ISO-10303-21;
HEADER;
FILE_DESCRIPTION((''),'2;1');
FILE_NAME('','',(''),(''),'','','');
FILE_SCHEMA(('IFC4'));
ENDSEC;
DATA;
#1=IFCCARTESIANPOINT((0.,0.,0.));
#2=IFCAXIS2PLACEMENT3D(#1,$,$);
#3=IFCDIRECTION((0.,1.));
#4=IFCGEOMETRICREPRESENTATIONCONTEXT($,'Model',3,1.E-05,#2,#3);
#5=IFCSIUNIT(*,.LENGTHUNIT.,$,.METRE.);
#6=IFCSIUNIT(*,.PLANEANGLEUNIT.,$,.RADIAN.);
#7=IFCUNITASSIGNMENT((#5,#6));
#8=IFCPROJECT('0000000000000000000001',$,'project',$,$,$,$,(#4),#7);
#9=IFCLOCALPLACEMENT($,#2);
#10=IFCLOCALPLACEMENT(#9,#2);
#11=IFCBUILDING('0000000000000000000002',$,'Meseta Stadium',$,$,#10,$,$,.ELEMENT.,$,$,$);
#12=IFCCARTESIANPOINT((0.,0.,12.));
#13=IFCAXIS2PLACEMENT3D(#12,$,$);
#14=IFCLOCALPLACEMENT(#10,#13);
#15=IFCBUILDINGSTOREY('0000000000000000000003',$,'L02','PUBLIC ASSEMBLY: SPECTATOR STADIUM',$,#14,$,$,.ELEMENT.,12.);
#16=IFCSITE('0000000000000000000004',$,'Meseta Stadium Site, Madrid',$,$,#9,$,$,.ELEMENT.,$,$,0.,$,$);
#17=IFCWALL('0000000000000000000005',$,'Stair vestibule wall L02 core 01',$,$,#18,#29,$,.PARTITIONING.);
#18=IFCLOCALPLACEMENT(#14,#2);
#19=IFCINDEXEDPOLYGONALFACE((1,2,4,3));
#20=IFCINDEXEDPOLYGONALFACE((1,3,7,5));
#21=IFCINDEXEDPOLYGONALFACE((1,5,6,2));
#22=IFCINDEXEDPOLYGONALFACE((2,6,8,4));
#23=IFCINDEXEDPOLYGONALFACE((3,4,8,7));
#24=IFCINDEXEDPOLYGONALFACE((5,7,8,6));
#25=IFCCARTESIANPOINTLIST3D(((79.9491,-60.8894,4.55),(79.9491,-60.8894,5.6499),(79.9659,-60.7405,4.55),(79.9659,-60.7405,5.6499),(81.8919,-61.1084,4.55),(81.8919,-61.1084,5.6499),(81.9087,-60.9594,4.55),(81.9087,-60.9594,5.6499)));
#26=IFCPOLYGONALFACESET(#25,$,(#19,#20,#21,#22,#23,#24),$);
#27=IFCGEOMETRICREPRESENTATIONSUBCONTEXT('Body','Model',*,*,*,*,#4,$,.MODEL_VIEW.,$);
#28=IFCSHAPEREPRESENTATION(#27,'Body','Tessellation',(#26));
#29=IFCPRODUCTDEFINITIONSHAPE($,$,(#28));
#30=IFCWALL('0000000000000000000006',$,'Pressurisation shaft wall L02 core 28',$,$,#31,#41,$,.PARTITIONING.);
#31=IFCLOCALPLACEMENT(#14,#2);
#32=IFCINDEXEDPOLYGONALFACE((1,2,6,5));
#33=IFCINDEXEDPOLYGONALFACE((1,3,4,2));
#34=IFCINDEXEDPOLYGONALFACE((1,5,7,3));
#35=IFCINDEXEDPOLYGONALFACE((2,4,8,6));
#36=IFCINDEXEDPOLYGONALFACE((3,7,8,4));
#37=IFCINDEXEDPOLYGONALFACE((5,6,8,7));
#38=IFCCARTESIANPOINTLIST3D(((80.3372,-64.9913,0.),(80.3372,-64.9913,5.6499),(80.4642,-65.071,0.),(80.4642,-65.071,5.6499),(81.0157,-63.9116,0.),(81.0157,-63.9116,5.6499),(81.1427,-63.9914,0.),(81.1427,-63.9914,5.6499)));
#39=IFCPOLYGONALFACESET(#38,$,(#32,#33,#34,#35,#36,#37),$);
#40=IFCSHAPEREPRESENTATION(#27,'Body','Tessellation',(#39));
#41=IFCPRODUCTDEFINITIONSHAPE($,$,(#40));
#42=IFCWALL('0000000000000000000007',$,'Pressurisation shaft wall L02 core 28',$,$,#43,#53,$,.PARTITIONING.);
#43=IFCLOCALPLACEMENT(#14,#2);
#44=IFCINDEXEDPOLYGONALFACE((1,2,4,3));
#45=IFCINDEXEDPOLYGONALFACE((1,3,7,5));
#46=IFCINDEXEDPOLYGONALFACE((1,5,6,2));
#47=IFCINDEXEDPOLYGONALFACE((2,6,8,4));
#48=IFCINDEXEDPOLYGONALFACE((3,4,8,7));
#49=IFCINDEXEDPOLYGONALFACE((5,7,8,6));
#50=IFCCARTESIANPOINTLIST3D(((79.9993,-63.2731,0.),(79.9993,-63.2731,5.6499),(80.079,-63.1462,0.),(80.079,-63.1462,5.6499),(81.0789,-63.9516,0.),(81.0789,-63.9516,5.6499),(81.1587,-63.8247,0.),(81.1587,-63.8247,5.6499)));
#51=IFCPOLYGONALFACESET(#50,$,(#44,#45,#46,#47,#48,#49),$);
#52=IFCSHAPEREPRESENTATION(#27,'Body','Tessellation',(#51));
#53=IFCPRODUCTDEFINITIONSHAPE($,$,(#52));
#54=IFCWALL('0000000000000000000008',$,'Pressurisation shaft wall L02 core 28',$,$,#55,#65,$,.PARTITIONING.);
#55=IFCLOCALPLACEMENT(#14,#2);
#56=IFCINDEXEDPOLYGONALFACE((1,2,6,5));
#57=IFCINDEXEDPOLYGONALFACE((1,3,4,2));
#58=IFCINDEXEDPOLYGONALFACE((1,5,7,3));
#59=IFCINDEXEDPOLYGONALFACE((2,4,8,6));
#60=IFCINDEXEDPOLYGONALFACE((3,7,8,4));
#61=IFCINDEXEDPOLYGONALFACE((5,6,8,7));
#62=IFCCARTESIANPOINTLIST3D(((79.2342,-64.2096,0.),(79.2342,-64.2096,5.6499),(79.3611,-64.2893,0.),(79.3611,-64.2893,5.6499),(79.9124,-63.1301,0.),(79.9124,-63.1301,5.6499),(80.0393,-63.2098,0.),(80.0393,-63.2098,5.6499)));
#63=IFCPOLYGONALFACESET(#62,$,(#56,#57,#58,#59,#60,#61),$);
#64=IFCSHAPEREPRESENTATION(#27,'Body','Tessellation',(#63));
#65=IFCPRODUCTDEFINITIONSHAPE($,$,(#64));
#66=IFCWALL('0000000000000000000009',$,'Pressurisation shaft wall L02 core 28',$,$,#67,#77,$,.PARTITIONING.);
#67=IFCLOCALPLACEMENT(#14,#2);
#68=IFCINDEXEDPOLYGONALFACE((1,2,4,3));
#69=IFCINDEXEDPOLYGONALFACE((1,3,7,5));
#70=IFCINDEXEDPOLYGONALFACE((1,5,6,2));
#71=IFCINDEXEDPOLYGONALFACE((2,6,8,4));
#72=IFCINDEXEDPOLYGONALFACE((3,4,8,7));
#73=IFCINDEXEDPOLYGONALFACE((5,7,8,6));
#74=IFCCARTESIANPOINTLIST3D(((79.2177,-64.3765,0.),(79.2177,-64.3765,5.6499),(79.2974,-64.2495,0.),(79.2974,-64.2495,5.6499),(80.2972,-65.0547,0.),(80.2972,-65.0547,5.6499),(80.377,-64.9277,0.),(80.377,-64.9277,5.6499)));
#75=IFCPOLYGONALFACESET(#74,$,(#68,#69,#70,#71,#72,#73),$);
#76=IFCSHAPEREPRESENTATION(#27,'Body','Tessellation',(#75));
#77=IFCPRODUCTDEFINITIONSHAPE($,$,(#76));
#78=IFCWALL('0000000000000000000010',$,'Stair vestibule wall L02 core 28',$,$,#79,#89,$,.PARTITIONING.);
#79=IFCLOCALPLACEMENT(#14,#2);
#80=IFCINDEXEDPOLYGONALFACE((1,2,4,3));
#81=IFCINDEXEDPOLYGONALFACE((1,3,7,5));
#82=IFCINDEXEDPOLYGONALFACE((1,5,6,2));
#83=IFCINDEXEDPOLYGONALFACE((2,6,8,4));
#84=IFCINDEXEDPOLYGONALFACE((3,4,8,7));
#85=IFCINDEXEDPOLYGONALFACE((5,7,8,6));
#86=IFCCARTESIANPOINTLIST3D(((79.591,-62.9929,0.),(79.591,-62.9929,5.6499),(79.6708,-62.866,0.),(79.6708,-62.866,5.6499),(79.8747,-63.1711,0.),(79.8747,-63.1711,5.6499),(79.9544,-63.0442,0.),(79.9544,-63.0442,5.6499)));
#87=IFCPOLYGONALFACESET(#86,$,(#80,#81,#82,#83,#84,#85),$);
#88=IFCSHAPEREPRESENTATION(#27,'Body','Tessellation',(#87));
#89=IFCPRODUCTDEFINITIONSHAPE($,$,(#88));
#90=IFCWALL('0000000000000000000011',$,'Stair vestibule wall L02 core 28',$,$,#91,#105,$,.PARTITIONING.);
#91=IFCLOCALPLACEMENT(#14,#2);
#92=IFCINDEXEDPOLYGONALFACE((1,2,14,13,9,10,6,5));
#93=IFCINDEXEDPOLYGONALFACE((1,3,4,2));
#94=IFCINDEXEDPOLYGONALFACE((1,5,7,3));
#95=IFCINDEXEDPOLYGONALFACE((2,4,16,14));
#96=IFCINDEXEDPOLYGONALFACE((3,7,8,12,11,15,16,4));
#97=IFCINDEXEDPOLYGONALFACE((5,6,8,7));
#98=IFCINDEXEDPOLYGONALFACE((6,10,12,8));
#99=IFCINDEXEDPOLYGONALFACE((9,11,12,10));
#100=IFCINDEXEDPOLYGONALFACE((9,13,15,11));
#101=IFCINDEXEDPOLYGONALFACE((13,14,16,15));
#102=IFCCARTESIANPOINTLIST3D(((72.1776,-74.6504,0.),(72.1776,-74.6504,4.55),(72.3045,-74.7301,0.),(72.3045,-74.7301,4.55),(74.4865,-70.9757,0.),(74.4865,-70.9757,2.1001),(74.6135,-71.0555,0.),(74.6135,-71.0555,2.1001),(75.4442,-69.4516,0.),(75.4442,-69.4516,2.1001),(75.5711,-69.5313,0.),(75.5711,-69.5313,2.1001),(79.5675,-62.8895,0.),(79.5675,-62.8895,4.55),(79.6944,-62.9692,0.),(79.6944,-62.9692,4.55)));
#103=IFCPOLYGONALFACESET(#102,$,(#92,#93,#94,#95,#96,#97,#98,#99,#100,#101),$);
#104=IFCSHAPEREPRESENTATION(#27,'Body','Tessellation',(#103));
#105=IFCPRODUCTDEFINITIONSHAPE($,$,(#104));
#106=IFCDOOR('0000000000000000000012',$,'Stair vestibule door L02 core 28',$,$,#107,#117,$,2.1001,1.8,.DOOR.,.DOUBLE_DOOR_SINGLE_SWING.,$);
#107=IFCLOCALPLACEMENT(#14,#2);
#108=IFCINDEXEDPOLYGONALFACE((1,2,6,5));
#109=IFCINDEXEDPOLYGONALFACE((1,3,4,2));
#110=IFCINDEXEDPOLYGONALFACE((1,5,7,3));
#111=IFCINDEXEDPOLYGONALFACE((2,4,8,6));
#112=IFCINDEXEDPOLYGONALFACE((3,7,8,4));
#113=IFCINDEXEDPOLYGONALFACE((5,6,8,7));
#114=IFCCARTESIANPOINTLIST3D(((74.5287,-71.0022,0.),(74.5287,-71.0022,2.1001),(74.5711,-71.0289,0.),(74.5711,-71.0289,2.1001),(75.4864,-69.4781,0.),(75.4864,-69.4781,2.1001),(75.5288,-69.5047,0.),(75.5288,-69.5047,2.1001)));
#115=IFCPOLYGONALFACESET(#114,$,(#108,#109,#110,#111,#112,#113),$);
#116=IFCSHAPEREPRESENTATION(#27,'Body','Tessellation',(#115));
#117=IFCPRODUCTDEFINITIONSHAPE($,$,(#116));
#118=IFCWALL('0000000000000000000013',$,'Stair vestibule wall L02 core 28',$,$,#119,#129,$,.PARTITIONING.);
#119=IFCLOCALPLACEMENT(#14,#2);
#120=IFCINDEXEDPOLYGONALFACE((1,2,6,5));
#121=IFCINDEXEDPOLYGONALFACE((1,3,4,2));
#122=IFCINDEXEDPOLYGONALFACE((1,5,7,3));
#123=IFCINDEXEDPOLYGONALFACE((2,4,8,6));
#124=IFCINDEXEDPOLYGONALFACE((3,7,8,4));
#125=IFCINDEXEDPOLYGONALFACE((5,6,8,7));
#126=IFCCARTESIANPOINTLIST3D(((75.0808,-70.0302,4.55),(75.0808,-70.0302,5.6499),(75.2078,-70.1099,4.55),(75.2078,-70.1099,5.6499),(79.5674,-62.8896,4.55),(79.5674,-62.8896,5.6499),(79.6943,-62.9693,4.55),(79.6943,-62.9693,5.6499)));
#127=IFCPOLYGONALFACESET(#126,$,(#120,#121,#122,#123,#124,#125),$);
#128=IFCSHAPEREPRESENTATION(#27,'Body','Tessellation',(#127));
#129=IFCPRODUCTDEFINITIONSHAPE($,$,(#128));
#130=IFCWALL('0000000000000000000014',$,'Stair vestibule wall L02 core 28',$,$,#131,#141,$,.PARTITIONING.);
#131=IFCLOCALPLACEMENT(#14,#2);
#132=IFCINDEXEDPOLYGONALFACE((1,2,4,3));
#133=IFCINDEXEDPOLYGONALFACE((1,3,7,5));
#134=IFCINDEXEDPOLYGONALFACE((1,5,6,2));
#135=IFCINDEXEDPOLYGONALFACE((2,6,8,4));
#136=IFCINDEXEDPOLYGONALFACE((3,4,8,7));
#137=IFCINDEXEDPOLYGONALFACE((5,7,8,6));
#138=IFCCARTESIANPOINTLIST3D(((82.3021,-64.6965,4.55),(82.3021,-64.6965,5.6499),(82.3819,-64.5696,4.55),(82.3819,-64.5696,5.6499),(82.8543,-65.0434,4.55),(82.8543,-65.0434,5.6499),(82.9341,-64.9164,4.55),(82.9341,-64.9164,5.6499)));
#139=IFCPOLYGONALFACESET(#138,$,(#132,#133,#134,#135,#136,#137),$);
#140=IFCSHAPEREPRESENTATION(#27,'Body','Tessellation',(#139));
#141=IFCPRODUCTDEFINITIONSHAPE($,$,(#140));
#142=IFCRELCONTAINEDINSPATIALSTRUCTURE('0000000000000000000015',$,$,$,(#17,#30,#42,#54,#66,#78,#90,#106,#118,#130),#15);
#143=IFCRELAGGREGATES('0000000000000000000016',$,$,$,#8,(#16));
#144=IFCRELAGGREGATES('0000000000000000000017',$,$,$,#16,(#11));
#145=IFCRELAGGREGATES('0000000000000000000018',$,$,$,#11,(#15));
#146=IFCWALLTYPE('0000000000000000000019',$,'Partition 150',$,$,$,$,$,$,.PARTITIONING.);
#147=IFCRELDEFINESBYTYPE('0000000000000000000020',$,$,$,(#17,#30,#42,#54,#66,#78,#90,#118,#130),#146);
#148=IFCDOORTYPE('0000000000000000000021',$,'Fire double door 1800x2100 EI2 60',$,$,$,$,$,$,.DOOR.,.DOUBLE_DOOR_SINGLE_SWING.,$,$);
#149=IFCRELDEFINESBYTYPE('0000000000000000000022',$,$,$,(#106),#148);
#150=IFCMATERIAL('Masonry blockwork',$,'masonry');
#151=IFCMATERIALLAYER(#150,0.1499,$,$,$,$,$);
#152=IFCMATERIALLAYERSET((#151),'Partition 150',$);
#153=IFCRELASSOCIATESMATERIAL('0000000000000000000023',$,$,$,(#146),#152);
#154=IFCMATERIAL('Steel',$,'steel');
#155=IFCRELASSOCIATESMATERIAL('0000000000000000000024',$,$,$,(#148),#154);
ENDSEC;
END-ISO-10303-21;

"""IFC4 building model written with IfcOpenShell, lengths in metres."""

from ifc_helpers import new_model, si_unit, direction, frame, frame_2d, origin, place, context, subcontext, project, spatial, rectangle, extrude, material, layer, layer_set, type_object, element, fill, save


model = new_model("IFC4")

# Units and contexts
model_context = context("Model", 3, precision=1e-05, world=origin(), true_north=direction((0.0, 1.0)))
body_context = subcontext(model_context, "Body", "Model", "MODEL_VIEW")
ifc_project = project(units=[si_unit("LENGTHUNIT", "METRE"), si_unit("PLANEANGLEUNIT", "RADIAN")], contexts=[model_context])

# Site, building, storey
site_placement = place(None, origin())
site = spatial("IfcSite", under=ifc_project, at=site_placement, Name="Meseta Stadium Site, Madrid", CompositionType="ELEMENT", RefElevation=0.0)
building_placement = place(site_placement, origin())
building = spatial("IfcBuilding", under=site, at=building_placement, Name="Meseta Stadium", CompositionType="ELEMENT")
storey_placement = place(building_placement, frame((0.0, 0.0, 12.0)))
storey = spatial("IfcBuildingStorey", under=building, at=storey_placement, Name="L02", Description="PUBLIC ASSEMBLY: SPECTATOR STADIUM", CompositionType="ELEMENT", Elevation=12.0)

# Shared definitions
ifc_material_1 = material(Name="Masonry blockwork", Category="masonry")
ifc_layer = layer(ifc_material_1, 0.1499)
ifc_layer_set = layer_set([ifc_layer], Name="Partition 150")
wall_type = type_object("IfcWallType", Name="Partition 150", PredefinedType="PARTITIONING", material=ifc_layer_set)

# Shared definitions
ifc_material_2 = material(Name="Steel", Category="steel")
door_type = type_object("IfcDoorType", Name="Fire double door 1800x2100 EI2 60", OperationType="DOUBLE_DOOR_SINGLE_SWING", PredefinedType="DOOR", material=ifc_material_2)

# Walls
wall_1_placement = place(storey_placement, frame((79.9575, -60.8149, 4.55), z_axis=(0.0, 0.0, 1.0), x_axis=(0.993707, -0.112007, 0.0)))
element("IfcWall", 1, at=wall_1_placement, inside=storey, type_object=wall_type, Name="Stair vestibule wall L02 core 01", PredefinedType="PARTITIONING", context=body_context, shape_type="SweptSolid", body=[
    extrude(rectangle(XDim=1.9551, YDim=0.1499, at=frame_2d((0.9775, 0.0))), origin(), (0.0, 0.0, 1.0), 1.0999),
])
for number, where, z_axis, x_axis, name in (
    (2, (80.4006, -65.0312, 0.0), (0.0, 0.0, 1.0), (0.532097, 0.846683, 0.0), "Pressurisation shaft wall L02 core 28"),
    (3, (81.1189, -63.8882, 0.0), (0.0, 0.0, 1.0), (-0.846683, 0.532097, 0.0), "Pressurisation shaft wall L02 core 28"),
):
    element("IfcWall", number, at=place(storey_placement, frame(where, z_axis=z_axis, x_axis=x_axis)), inside=storey, type_object=wall_type, Name=name, PredefinedType="PARTITIONING", context=body_context, shape_type="SweptSolid", body=[
        extrude(rectangle(XDim=1.2751, YDim=0.1499, at=frame_2d((0.6377, 0.0))), origin(), (0.0, 0.0, 1.0), 5.6499),
    ])
for number, where, z_axis, x_axis, name in (
    (4, (79.9758, -63.1699, 0.0), (0.0, 0.0, 1.0), (-0.53196, -0.84677, 0.0), "Pressurisation shaft wall L02 core 28"),
    (5, (79.2576, -64.313, 0.0), (0.0, 0.0, 1.0), (0.84677, -0.53196, 0.0), "Pressurisation shaft wall L02 core 28"),
):
    element("IfcWall", number, at=place(storey_placement, frame(where, z_axis=z_axis, x_axis=x_axis)), inside=storey, type_object=wall_type, Name=name, PredefinedType="PARTITIONING", context=body_context, shape_type="SweptSolid", body=[
        extrude(rectangle(XDim=1.2749, YDim=0.1499, at=frame_2d((0.6375, 0.0))), origin(), (0.0, 0.0, 1.0), 5.6499),
    ])
wall_2_placement = place(storey_placement, frame((79.9146, -63.1077, 0.0), z_axis=(0.0, 0.0, 1.0), x_axis=(-0.846768, 0.531963, 0.0)))
element("IfcWall", 6, at=wall_2_placement, inside=storey, type_object=wall_type, Name="Stair vestibule wall L02 core 28", PredefinedType="PARTITIONING", context=body_context, shape_type="SweptSolid", body=[
    extrude(rectangle(XDim=0.335, YDim=0.1499, at=frame_2d((0.1675, 0.0))), origin(), (0.0, 0.0, 1.0), 5.6499),
])

# Wall, opening, door
wall_3_placement = place(storey_placement, frame((79.6309, -62.9294, 0.0), z_axis=(0.0, 0.0, 1.0), x_axis=(-0.532031, -0.846725, 0.0)))
wall_3 = element("IfcWall", 7, at=wall_3_placement, inside=storey, type_object=wall_type, Name="Stair vestibule wall L02 core 28", PredefinedType="PARTITIONING", context=body_context, shape_type="SweptSolid", body=[
    extrude(rectangle(XDim=13.8899, YDim=0.1499, at=frame_2d((6.9448, 0.0))), origin(), (0.0, 0.0, 1.0), 4.55),
])
opening_1_placement = place(wall_3_placement, frame((7.75, 0.0, 0.0)))
opening_1 = element("IfcOpeningElement", 8, at=opening_1_placement, cuts=wall_3, PredefinedType="OPENING", context=body_context, shape_type="SweptSolid", body=[
    extrude(rectangle(XDim=1.8, YDim=2.1001, at=frame_2d((0.8999, 1.05))), frame((0.0, 0.085, 0.0), z_axis=(0.0, -1.0, 0.0), x_axis=(1.0, 0.0, 0.0)), (0.0, 0.0, 1.0), 0.1699),
])
door_1_placement = place(opening_1_placement, origin())
door_1 = element("IfcDoor", 9, at=door_1_placement, inside=storey, type_object=door_type, Name="Stair vestibule door L02 core 28", OperationType="DOUBLE_DOOR_SINGLE_SWING", OverallHeight=2.1001, OverallWidth=1.8, PredefinedType="DOOR", context=body_context, shape_type="SweptSolid", body=[
    extrude(rectangle(XDim=1.8, YDim=2.1001, at=frame_2d((0.8999, 1.05))), frame((0.0, 0.0249, 0.0), z_axis=(0.0, -1.0, 0.0), x_axis=(1.0, 0.0, 0.0)), (0.0, 0.0, 1.0), 0.05),
])
fill(opening_1, door_1)

# Walls
wall_4_placement = place(storey_placement, frame((79.6309, -62.9294, 4.55), z_axis=(0.0, 0.0, 1.0), x_axis=(-0.532017, -0.846734, 0.0)))
element("IfcWall", 10, at=wall_4_placement, inside=storey, type_object=wall_type, Name="Stair vestibule wall L02 core 28", PredefinedType="PARTITIONING", context=body_context, shape_type="SweptSolid", body=[
    extrude(rectangle(XDim=8.4331, YDim=0.1499, at=frame_2d((4.2166, 0.0))), origin(), (0.0, 0.0, 1.0), 1.0999),
])
wall_5_placement = place(storey_placement, frame((82.8943, -64.98, 4.55), z_axis=(0.0, 0.0, 1.0), x_axis=(-0.846776, 0.531949, 0.0)))
element("IfcWall", 11, at=wall_5_placement, inside=storey, type_object=wall_type, Name="Stair vestibule wall L02 core 28", PredefinedType="PARTITIONING", context=body_context, shape_type="SweptSolid", body=[
    extrude(rectangle(XDim=0.6521, YDim=0.1499, at=frame_2d((0.3262, 0.0))), origin(), (0.0, 0.0, 1.0), 1.0999),
])

save(model, "model.ifc")
